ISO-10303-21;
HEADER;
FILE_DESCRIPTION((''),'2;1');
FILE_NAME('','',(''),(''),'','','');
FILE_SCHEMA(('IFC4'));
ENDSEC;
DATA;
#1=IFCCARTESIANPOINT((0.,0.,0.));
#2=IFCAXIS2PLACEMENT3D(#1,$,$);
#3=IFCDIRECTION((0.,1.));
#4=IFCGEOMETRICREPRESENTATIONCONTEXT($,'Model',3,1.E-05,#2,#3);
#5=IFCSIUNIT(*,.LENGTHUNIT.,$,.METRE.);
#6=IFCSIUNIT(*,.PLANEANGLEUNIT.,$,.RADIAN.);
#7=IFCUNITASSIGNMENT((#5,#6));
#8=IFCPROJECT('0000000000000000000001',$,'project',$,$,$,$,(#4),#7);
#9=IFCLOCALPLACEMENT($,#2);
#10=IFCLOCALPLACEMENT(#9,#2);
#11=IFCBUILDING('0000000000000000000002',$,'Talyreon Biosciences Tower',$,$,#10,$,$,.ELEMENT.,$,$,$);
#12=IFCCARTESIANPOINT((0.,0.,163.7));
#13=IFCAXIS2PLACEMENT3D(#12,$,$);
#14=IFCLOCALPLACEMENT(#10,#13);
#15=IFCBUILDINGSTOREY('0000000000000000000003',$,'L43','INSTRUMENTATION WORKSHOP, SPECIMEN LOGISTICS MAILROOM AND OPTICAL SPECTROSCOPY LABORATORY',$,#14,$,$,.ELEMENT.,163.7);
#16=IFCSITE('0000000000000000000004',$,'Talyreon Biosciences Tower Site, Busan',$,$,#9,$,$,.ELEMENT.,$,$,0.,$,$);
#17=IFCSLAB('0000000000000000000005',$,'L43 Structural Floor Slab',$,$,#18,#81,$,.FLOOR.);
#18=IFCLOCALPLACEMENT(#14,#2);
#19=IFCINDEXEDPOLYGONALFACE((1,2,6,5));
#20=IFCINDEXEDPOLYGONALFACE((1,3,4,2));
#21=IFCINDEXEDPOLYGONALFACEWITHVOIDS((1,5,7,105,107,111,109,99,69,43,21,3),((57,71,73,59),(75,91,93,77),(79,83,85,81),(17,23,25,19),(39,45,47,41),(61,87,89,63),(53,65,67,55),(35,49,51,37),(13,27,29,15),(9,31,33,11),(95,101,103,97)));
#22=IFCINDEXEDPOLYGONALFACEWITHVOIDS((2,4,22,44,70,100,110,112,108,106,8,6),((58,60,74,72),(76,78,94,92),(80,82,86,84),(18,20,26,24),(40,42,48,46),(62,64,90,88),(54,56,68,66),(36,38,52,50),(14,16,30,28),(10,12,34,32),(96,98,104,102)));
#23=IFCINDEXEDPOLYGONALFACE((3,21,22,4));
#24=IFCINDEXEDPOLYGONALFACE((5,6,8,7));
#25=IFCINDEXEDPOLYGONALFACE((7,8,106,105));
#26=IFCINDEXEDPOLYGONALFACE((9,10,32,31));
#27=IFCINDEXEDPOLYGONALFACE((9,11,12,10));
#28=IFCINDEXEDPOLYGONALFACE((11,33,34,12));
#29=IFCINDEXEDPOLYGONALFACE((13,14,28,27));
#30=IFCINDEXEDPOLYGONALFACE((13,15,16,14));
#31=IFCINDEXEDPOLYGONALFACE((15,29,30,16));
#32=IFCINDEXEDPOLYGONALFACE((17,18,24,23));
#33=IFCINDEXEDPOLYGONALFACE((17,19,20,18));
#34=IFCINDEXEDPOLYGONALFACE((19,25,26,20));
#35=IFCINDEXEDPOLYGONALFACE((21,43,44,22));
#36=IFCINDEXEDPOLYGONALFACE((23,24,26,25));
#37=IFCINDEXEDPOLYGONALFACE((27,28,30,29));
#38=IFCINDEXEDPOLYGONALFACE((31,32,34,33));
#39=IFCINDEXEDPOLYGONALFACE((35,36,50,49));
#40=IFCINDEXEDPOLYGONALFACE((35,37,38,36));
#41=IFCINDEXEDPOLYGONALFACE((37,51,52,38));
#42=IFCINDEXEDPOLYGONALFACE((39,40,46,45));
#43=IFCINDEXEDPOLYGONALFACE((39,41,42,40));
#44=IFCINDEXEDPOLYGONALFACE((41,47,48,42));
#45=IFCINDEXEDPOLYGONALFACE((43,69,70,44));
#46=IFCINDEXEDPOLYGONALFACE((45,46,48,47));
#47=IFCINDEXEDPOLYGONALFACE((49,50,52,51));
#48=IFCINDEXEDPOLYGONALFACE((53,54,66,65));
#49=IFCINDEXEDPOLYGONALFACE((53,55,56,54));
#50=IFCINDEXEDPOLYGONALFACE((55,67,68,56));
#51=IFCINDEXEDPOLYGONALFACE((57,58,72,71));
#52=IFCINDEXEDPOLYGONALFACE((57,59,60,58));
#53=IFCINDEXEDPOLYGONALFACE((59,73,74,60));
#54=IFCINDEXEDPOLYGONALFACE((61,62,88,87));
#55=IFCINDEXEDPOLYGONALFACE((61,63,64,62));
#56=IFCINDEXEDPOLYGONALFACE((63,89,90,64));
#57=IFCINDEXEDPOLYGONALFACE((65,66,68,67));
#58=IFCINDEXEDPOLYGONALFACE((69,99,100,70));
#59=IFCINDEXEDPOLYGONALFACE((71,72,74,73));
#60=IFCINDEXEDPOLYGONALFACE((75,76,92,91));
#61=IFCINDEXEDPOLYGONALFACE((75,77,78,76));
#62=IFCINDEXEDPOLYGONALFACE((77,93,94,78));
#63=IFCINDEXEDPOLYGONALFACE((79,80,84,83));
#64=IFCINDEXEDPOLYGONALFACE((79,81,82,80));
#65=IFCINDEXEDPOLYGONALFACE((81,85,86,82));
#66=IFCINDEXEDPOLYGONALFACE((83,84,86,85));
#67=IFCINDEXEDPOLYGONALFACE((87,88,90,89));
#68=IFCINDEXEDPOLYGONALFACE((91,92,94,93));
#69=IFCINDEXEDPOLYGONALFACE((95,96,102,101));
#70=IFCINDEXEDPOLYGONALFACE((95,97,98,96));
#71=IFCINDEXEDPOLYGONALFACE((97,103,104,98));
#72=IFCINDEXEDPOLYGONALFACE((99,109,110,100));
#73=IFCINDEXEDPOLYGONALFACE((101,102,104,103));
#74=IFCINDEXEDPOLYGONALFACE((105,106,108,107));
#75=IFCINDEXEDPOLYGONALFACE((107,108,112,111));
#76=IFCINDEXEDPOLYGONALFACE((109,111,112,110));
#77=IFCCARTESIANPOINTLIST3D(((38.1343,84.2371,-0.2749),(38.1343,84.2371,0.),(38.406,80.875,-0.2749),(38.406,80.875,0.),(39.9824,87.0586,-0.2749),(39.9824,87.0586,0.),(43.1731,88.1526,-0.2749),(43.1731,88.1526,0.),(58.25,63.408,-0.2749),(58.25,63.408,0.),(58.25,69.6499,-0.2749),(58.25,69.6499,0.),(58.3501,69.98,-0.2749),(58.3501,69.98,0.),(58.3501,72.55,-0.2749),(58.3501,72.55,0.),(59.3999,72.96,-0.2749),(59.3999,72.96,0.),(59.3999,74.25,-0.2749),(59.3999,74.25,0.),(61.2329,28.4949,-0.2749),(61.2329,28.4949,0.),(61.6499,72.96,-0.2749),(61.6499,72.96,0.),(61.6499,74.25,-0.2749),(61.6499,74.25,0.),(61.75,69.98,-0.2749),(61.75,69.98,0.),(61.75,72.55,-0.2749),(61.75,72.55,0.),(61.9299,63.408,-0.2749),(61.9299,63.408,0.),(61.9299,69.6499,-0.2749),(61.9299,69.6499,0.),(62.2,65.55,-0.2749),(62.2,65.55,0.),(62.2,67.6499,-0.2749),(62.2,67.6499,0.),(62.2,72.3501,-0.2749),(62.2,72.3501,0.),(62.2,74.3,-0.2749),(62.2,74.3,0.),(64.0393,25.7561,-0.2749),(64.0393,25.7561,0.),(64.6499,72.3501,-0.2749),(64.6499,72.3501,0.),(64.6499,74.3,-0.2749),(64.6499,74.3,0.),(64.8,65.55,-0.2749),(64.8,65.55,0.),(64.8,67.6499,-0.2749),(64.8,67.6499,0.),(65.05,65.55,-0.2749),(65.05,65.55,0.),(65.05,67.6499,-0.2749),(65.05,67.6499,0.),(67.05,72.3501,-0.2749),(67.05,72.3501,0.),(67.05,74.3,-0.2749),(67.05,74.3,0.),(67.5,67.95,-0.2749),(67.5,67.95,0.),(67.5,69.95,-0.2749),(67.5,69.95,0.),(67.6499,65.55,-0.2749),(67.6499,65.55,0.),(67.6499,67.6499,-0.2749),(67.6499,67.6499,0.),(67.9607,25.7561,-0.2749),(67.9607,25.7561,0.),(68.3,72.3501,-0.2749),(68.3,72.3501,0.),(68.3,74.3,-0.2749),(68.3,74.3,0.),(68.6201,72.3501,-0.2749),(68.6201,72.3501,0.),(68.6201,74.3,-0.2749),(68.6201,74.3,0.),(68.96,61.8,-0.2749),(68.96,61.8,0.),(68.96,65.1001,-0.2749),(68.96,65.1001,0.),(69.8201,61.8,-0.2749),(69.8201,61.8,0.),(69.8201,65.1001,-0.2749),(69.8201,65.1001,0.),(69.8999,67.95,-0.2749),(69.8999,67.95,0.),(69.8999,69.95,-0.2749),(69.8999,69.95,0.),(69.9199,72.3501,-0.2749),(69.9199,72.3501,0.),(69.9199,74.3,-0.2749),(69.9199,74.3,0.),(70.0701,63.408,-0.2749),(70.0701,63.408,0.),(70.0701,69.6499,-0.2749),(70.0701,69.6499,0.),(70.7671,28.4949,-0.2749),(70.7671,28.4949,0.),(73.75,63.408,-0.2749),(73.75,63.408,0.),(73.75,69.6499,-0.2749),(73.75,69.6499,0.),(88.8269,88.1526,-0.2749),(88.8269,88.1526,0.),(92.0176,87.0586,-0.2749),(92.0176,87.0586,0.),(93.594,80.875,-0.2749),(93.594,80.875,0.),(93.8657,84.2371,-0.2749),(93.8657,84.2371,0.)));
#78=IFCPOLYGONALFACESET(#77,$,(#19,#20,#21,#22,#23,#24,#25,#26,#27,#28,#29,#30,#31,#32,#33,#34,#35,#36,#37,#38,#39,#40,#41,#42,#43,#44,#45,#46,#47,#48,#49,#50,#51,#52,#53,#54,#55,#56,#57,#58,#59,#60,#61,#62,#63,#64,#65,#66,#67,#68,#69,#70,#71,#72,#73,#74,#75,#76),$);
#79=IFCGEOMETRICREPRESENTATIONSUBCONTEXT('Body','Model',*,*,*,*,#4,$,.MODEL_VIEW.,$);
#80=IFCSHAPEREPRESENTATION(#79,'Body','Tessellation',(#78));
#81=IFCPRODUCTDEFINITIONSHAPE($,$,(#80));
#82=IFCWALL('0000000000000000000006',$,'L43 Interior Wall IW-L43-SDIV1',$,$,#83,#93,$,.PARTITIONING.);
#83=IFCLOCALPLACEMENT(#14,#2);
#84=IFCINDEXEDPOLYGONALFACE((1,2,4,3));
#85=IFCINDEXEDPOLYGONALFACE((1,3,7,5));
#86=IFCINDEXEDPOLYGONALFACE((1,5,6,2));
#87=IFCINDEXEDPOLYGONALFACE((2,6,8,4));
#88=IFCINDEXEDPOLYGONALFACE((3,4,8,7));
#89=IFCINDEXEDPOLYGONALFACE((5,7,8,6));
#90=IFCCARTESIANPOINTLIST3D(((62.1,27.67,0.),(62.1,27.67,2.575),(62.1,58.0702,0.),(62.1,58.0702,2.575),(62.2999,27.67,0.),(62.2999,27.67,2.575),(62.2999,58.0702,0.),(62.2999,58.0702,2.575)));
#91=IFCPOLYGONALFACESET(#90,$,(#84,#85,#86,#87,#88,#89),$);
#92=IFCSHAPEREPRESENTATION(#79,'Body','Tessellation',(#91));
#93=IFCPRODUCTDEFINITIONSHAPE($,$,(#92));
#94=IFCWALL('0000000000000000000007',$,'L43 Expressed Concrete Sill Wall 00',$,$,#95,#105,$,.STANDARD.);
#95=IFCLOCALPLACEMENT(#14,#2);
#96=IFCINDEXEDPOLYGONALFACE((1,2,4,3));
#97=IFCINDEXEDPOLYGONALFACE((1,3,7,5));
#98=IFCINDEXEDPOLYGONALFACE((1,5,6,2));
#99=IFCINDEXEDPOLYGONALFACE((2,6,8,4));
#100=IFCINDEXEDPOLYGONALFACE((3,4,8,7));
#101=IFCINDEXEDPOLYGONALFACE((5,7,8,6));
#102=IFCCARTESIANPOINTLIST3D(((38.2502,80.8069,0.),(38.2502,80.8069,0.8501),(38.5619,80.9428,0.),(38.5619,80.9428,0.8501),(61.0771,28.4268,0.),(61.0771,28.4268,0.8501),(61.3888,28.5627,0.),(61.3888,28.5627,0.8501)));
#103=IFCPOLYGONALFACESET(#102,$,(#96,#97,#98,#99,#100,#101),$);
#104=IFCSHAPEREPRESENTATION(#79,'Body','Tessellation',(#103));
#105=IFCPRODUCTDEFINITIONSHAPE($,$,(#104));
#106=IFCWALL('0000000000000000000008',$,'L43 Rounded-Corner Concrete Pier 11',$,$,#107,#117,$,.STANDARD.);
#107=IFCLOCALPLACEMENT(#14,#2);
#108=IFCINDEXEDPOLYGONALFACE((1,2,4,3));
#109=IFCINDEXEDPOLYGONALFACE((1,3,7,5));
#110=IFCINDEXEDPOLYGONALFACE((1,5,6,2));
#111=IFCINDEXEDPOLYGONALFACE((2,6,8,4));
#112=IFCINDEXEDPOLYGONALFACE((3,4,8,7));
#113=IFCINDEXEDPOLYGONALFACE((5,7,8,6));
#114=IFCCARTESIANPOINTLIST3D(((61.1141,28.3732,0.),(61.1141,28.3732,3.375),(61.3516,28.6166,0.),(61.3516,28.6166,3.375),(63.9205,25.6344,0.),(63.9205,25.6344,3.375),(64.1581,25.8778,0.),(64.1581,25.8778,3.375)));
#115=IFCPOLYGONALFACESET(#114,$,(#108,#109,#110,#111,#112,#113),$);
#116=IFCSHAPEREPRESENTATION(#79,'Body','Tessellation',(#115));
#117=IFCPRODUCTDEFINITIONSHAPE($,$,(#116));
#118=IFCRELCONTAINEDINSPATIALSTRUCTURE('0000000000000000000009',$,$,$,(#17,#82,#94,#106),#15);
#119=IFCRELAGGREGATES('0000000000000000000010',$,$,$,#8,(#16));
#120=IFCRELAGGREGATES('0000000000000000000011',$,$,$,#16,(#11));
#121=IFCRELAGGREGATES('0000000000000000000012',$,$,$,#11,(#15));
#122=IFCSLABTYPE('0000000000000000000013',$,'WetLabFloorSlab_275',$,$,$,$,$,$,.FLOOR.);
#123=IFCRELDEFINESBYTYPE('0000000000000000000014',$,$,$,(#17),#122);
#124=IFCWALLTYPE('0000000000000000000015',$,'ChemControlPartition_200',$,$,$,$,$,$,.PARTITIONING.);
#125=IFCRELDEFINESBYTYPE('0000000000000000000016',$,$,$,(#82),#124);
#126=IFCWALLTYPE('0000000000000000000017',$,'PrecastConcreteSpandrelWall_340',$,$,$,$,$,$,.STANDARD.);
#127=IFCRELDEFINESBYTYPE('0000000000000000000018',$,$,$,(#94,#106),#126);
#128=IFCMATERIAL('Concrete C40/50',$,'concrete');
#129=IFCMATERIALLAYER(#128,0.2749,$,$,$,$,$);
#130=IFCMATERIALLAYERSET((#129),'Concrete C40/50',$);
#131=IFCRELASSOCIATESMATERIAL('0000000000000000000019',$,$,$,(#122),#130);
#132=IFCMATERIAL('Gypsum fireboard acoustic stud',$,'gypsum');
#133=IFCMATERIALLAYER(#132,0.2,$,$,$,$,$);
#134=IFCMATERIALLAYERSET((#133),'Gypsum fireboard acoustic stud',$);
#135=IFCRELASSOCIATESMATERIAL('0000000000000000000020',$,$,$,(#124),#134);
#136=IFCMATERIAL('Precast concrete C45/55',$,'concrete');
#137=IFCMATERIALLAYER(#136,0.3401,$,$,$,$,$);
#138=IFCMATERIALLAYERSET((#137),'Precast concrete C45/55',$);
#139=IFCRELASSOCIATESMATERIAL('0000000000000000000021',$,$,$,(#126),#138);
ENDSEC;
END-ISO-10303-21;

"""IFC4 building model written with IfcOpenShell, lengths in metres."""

from ifc_helpers import new_model, si_unit, direction, frame, frame_2d, origin, place, context, subcontext, project, spatial, polyline, rectangle, outline, extrude, material, layer, layer_set, type_object, element, save


model = new_model("IFC4")

# Units and contexts
model_context = context("Model", 3, precision=1e-05, world=origin(), true_north=direction((0.0, 1.0)))
body_context = subcontext(model_context, "Body", "Model", "MODEL_VIEW")
ifc_project = project(units=[si_unit("LENGTHUNIT", "METRE"), si_unit("PLANEANGLEUNIT", "RADIAN")], contexts=[model_context])

# Site, building, storey
site_placement = place(None, origin())
site = spatial("IfcSite", under=ifc_project, at=site_placement, Name="Talyreon Biosciences Tower Site, Busan", CompositionType="ELEMENT", RefElevation=0.0)
building_placement = place(site_placement, origin())
building = spatial("IfcBuilding", under=site, at=building_placement, Name="Talyreon Biosciences Tower", CompositionType="ELEMENT")
storey_placement = place(building_placement, frame((0.0, 0.0, 163.7)))
storey = spatial("IfcBuildingStorey", under=building, at=storey_placement, Name="L43", Description="INSTRUMENTATION WORKSHOP, SPECIMEN LOGISTICS MAILROOM AND OPTICAL SPECTROSCOPY LABORATORY", CompositionType="ELEMENT", Elevation=163.7)

# Shared definitions
ifc_material_1 = material(Name="Precast concrete C45/55", Category="concrete")

# Shared definitions
ifc_material_2 = material(Name="Concrete C40/50", Category="concrete")

# Slab
ifc_layer_1 = layer(ifc_material_2, 0.2749)
ifc_layer_set_1 = layer_set([ifc_layer_1], Name="Concrete C40/50")
slab_type_1 = type_object("IfcSlabType", Name="WetLabFloorSlab_275", PredefinedType="FLOOR", material=ifc_layer_set_1)
slab_1_placement = place(storey_placement, frame((0.0, 0.0, -0.2749)))
element("IfcSlab", 1, at=slab_1_placement, inside=storey, type_object=slab_type_1, Name="L43 Structural Floor Slab", PredefinedType="FLOOR", context=body_context, shape_type="SweptSolid", body=[
    extrude(outline(polyline([(61.2329, 28.4949), (38.406, 80.875), (38.1343, 84.2371), (39.9824, 87.0586), (43.1731, 88.1526), (88.8269, 88.1526), (92.0176, 87.0586), (93.8657, 84.2371), (93.594, 80.875), (70.7671, 28.4949), (67.9607, 25.7561), (64.0393, 25.7561), (61.2329, 28.4949)]), holes=[polyline([(61.9299, 69.6499), (61.9299, 63.408), (58.25, 63.408), (58.25, 69.6499), (61.9299, 69.6499)]), polyline([(64.8, 67.6499), (64.8, 65.55), (62.2, 65.55), (62.2, 67.6499), (64.8, 67.6499)]), polyline([(67.6499, 67.6499), (67.6499, 65.55), (65.05, 65.55), (65.05, 67.6499), (67.6499, 67.6499)]), polyline([(61.75, 69.98), (58.3501, 69.98), (58.3501, 72.55), (61.75, 72.55), (61.75, 69.98)]), polyline([(64.6499, 72.3501), (62.2, 72.3501), (62.2, 74.3), (64.6499, 74.3), (64.6499, 72.3501)]), polyline([(61.6499, 74.25), (61.6499, 72.96), (59.3999, 72.96), (59.3999, 74.25), (61.6499, 74.25)]), polyline([(69.8201, 61.8), (68.96, 61.8), (68.96, 65.1001), (69.8201, 65.1001), (69.8201, 61.8)]), polyline([(73.75, 63.408), (70.0701, 63.408), (70.0701, 69.6499), (73.75, 69.6499), (73.75, 63.408)]), polyline([(69.8999, 69.95), (69.8999, 67.95), (67.5, 67.95), (67.5, 69.95), (69.8999, 69.95)]), polyline([(68.3, 72.3501), (67.05, 72.3501), (67.05, 74.3), (68.3, 74.3), (68.3, 72.3501)]), polyline([(69.9199, 72.3501), (68.6201, 72.3501), (68.6201, 74.3), (69.9199, 74.3), (69.9199, 72.3501)])]), origin(), (0.0, 0.0, 1.0), 0.2749),
])

# Walls
ifc_material_3 = material(Name="Gypsum fireboard acoustic stud", Category="gypsum")
ifc_layer_2 = layer(ifc_material_3, 0.2)
ifc_layer_set_2 = layer_set([ifc_layer_2], Name="Gypsum fireboard acoustic stud")
wall_type_1 = type_object("IfcWallType", Name="ChemControlPartition_200", PredefinedType="PARTITIONING", material=ifc_layer_set_2)
wall_1_placement = place(storey_placement, frame((62.2, 27.6699, 0.0), z_axis=(0.0, 0.0, 1.0), x_axis=(0.0, 1.0, 0.0)))
element("IfcWall", 2, at=wall_1_placement, inside=storey, type_object=wall_type_1, Name="L43 Interior Wall IW-L43-SDIV1", PredefinedType="PARTITIONING", context=body_context, shape_type="SweptSolid", body=[
    extrude(rectangle(XDim=30.4001, YDim=0.2, at=frame_2d((15.2002, 0.0))), origin(), (0.0, 0.0, 1.0), 2.575),
])
ifc_layer_3 = layer(ifc_material_1, 0.3401)
ifc_layer_set_3 = layer_set([ifc_layer_3], Name="Precast concrete C45/55")
wall_type_2 = type_object("IfcWallType", Name="PrecastConcreteSpandrelWall_340", PredefinedType="STANDARD", material=ifc_layer_set_3)
wall_2_placement = place(storey_placement, frame((61.2329, 28.4949, 0.0), z_axis=(0.0, 0.0, 1.0), x_axis=(-0.399505, 0.916731, 0.0)))
element("IfcWall", 3, at=wall_2_placement, inside=storey, type_object=wall_type_2, Name="L43 Expressed Concrete Sill Wall 00", PredefinedType="STANDARD", context=body_context, shape_type="SweptSolid", body=[
    extrude(rectangle(XDim=57.1379, YDim=0.3401, at=frame_2d((28.5688, 0.0))), origin(), (0.0, 0.0, 1.0), 0.8501),
])
wall_3_placement = place(storey_placement, frame((64.0393, 25.7561, 0.0), z_axis=(0.0, 0.0, 1.0), x_axis=(-0.715677, 0.698431, 0.0)))
element("IfcWall", 4, at=wall_3_placement, inside=storey, type_object=wall_type_2, Name="L43 Rounded-Corner Concrete Pier 11", PredefinedType="STANDARD", context=body_context, shape_type="SweptSolid", body=[
    extrude(rectangle(XDim=3.9214, YDim=0.3401, at=frame_2d((1.9607, 0.0))), origin(), (0.0, 0.0, 1.0), 3.375),
])

save(model, "model.ifc")
